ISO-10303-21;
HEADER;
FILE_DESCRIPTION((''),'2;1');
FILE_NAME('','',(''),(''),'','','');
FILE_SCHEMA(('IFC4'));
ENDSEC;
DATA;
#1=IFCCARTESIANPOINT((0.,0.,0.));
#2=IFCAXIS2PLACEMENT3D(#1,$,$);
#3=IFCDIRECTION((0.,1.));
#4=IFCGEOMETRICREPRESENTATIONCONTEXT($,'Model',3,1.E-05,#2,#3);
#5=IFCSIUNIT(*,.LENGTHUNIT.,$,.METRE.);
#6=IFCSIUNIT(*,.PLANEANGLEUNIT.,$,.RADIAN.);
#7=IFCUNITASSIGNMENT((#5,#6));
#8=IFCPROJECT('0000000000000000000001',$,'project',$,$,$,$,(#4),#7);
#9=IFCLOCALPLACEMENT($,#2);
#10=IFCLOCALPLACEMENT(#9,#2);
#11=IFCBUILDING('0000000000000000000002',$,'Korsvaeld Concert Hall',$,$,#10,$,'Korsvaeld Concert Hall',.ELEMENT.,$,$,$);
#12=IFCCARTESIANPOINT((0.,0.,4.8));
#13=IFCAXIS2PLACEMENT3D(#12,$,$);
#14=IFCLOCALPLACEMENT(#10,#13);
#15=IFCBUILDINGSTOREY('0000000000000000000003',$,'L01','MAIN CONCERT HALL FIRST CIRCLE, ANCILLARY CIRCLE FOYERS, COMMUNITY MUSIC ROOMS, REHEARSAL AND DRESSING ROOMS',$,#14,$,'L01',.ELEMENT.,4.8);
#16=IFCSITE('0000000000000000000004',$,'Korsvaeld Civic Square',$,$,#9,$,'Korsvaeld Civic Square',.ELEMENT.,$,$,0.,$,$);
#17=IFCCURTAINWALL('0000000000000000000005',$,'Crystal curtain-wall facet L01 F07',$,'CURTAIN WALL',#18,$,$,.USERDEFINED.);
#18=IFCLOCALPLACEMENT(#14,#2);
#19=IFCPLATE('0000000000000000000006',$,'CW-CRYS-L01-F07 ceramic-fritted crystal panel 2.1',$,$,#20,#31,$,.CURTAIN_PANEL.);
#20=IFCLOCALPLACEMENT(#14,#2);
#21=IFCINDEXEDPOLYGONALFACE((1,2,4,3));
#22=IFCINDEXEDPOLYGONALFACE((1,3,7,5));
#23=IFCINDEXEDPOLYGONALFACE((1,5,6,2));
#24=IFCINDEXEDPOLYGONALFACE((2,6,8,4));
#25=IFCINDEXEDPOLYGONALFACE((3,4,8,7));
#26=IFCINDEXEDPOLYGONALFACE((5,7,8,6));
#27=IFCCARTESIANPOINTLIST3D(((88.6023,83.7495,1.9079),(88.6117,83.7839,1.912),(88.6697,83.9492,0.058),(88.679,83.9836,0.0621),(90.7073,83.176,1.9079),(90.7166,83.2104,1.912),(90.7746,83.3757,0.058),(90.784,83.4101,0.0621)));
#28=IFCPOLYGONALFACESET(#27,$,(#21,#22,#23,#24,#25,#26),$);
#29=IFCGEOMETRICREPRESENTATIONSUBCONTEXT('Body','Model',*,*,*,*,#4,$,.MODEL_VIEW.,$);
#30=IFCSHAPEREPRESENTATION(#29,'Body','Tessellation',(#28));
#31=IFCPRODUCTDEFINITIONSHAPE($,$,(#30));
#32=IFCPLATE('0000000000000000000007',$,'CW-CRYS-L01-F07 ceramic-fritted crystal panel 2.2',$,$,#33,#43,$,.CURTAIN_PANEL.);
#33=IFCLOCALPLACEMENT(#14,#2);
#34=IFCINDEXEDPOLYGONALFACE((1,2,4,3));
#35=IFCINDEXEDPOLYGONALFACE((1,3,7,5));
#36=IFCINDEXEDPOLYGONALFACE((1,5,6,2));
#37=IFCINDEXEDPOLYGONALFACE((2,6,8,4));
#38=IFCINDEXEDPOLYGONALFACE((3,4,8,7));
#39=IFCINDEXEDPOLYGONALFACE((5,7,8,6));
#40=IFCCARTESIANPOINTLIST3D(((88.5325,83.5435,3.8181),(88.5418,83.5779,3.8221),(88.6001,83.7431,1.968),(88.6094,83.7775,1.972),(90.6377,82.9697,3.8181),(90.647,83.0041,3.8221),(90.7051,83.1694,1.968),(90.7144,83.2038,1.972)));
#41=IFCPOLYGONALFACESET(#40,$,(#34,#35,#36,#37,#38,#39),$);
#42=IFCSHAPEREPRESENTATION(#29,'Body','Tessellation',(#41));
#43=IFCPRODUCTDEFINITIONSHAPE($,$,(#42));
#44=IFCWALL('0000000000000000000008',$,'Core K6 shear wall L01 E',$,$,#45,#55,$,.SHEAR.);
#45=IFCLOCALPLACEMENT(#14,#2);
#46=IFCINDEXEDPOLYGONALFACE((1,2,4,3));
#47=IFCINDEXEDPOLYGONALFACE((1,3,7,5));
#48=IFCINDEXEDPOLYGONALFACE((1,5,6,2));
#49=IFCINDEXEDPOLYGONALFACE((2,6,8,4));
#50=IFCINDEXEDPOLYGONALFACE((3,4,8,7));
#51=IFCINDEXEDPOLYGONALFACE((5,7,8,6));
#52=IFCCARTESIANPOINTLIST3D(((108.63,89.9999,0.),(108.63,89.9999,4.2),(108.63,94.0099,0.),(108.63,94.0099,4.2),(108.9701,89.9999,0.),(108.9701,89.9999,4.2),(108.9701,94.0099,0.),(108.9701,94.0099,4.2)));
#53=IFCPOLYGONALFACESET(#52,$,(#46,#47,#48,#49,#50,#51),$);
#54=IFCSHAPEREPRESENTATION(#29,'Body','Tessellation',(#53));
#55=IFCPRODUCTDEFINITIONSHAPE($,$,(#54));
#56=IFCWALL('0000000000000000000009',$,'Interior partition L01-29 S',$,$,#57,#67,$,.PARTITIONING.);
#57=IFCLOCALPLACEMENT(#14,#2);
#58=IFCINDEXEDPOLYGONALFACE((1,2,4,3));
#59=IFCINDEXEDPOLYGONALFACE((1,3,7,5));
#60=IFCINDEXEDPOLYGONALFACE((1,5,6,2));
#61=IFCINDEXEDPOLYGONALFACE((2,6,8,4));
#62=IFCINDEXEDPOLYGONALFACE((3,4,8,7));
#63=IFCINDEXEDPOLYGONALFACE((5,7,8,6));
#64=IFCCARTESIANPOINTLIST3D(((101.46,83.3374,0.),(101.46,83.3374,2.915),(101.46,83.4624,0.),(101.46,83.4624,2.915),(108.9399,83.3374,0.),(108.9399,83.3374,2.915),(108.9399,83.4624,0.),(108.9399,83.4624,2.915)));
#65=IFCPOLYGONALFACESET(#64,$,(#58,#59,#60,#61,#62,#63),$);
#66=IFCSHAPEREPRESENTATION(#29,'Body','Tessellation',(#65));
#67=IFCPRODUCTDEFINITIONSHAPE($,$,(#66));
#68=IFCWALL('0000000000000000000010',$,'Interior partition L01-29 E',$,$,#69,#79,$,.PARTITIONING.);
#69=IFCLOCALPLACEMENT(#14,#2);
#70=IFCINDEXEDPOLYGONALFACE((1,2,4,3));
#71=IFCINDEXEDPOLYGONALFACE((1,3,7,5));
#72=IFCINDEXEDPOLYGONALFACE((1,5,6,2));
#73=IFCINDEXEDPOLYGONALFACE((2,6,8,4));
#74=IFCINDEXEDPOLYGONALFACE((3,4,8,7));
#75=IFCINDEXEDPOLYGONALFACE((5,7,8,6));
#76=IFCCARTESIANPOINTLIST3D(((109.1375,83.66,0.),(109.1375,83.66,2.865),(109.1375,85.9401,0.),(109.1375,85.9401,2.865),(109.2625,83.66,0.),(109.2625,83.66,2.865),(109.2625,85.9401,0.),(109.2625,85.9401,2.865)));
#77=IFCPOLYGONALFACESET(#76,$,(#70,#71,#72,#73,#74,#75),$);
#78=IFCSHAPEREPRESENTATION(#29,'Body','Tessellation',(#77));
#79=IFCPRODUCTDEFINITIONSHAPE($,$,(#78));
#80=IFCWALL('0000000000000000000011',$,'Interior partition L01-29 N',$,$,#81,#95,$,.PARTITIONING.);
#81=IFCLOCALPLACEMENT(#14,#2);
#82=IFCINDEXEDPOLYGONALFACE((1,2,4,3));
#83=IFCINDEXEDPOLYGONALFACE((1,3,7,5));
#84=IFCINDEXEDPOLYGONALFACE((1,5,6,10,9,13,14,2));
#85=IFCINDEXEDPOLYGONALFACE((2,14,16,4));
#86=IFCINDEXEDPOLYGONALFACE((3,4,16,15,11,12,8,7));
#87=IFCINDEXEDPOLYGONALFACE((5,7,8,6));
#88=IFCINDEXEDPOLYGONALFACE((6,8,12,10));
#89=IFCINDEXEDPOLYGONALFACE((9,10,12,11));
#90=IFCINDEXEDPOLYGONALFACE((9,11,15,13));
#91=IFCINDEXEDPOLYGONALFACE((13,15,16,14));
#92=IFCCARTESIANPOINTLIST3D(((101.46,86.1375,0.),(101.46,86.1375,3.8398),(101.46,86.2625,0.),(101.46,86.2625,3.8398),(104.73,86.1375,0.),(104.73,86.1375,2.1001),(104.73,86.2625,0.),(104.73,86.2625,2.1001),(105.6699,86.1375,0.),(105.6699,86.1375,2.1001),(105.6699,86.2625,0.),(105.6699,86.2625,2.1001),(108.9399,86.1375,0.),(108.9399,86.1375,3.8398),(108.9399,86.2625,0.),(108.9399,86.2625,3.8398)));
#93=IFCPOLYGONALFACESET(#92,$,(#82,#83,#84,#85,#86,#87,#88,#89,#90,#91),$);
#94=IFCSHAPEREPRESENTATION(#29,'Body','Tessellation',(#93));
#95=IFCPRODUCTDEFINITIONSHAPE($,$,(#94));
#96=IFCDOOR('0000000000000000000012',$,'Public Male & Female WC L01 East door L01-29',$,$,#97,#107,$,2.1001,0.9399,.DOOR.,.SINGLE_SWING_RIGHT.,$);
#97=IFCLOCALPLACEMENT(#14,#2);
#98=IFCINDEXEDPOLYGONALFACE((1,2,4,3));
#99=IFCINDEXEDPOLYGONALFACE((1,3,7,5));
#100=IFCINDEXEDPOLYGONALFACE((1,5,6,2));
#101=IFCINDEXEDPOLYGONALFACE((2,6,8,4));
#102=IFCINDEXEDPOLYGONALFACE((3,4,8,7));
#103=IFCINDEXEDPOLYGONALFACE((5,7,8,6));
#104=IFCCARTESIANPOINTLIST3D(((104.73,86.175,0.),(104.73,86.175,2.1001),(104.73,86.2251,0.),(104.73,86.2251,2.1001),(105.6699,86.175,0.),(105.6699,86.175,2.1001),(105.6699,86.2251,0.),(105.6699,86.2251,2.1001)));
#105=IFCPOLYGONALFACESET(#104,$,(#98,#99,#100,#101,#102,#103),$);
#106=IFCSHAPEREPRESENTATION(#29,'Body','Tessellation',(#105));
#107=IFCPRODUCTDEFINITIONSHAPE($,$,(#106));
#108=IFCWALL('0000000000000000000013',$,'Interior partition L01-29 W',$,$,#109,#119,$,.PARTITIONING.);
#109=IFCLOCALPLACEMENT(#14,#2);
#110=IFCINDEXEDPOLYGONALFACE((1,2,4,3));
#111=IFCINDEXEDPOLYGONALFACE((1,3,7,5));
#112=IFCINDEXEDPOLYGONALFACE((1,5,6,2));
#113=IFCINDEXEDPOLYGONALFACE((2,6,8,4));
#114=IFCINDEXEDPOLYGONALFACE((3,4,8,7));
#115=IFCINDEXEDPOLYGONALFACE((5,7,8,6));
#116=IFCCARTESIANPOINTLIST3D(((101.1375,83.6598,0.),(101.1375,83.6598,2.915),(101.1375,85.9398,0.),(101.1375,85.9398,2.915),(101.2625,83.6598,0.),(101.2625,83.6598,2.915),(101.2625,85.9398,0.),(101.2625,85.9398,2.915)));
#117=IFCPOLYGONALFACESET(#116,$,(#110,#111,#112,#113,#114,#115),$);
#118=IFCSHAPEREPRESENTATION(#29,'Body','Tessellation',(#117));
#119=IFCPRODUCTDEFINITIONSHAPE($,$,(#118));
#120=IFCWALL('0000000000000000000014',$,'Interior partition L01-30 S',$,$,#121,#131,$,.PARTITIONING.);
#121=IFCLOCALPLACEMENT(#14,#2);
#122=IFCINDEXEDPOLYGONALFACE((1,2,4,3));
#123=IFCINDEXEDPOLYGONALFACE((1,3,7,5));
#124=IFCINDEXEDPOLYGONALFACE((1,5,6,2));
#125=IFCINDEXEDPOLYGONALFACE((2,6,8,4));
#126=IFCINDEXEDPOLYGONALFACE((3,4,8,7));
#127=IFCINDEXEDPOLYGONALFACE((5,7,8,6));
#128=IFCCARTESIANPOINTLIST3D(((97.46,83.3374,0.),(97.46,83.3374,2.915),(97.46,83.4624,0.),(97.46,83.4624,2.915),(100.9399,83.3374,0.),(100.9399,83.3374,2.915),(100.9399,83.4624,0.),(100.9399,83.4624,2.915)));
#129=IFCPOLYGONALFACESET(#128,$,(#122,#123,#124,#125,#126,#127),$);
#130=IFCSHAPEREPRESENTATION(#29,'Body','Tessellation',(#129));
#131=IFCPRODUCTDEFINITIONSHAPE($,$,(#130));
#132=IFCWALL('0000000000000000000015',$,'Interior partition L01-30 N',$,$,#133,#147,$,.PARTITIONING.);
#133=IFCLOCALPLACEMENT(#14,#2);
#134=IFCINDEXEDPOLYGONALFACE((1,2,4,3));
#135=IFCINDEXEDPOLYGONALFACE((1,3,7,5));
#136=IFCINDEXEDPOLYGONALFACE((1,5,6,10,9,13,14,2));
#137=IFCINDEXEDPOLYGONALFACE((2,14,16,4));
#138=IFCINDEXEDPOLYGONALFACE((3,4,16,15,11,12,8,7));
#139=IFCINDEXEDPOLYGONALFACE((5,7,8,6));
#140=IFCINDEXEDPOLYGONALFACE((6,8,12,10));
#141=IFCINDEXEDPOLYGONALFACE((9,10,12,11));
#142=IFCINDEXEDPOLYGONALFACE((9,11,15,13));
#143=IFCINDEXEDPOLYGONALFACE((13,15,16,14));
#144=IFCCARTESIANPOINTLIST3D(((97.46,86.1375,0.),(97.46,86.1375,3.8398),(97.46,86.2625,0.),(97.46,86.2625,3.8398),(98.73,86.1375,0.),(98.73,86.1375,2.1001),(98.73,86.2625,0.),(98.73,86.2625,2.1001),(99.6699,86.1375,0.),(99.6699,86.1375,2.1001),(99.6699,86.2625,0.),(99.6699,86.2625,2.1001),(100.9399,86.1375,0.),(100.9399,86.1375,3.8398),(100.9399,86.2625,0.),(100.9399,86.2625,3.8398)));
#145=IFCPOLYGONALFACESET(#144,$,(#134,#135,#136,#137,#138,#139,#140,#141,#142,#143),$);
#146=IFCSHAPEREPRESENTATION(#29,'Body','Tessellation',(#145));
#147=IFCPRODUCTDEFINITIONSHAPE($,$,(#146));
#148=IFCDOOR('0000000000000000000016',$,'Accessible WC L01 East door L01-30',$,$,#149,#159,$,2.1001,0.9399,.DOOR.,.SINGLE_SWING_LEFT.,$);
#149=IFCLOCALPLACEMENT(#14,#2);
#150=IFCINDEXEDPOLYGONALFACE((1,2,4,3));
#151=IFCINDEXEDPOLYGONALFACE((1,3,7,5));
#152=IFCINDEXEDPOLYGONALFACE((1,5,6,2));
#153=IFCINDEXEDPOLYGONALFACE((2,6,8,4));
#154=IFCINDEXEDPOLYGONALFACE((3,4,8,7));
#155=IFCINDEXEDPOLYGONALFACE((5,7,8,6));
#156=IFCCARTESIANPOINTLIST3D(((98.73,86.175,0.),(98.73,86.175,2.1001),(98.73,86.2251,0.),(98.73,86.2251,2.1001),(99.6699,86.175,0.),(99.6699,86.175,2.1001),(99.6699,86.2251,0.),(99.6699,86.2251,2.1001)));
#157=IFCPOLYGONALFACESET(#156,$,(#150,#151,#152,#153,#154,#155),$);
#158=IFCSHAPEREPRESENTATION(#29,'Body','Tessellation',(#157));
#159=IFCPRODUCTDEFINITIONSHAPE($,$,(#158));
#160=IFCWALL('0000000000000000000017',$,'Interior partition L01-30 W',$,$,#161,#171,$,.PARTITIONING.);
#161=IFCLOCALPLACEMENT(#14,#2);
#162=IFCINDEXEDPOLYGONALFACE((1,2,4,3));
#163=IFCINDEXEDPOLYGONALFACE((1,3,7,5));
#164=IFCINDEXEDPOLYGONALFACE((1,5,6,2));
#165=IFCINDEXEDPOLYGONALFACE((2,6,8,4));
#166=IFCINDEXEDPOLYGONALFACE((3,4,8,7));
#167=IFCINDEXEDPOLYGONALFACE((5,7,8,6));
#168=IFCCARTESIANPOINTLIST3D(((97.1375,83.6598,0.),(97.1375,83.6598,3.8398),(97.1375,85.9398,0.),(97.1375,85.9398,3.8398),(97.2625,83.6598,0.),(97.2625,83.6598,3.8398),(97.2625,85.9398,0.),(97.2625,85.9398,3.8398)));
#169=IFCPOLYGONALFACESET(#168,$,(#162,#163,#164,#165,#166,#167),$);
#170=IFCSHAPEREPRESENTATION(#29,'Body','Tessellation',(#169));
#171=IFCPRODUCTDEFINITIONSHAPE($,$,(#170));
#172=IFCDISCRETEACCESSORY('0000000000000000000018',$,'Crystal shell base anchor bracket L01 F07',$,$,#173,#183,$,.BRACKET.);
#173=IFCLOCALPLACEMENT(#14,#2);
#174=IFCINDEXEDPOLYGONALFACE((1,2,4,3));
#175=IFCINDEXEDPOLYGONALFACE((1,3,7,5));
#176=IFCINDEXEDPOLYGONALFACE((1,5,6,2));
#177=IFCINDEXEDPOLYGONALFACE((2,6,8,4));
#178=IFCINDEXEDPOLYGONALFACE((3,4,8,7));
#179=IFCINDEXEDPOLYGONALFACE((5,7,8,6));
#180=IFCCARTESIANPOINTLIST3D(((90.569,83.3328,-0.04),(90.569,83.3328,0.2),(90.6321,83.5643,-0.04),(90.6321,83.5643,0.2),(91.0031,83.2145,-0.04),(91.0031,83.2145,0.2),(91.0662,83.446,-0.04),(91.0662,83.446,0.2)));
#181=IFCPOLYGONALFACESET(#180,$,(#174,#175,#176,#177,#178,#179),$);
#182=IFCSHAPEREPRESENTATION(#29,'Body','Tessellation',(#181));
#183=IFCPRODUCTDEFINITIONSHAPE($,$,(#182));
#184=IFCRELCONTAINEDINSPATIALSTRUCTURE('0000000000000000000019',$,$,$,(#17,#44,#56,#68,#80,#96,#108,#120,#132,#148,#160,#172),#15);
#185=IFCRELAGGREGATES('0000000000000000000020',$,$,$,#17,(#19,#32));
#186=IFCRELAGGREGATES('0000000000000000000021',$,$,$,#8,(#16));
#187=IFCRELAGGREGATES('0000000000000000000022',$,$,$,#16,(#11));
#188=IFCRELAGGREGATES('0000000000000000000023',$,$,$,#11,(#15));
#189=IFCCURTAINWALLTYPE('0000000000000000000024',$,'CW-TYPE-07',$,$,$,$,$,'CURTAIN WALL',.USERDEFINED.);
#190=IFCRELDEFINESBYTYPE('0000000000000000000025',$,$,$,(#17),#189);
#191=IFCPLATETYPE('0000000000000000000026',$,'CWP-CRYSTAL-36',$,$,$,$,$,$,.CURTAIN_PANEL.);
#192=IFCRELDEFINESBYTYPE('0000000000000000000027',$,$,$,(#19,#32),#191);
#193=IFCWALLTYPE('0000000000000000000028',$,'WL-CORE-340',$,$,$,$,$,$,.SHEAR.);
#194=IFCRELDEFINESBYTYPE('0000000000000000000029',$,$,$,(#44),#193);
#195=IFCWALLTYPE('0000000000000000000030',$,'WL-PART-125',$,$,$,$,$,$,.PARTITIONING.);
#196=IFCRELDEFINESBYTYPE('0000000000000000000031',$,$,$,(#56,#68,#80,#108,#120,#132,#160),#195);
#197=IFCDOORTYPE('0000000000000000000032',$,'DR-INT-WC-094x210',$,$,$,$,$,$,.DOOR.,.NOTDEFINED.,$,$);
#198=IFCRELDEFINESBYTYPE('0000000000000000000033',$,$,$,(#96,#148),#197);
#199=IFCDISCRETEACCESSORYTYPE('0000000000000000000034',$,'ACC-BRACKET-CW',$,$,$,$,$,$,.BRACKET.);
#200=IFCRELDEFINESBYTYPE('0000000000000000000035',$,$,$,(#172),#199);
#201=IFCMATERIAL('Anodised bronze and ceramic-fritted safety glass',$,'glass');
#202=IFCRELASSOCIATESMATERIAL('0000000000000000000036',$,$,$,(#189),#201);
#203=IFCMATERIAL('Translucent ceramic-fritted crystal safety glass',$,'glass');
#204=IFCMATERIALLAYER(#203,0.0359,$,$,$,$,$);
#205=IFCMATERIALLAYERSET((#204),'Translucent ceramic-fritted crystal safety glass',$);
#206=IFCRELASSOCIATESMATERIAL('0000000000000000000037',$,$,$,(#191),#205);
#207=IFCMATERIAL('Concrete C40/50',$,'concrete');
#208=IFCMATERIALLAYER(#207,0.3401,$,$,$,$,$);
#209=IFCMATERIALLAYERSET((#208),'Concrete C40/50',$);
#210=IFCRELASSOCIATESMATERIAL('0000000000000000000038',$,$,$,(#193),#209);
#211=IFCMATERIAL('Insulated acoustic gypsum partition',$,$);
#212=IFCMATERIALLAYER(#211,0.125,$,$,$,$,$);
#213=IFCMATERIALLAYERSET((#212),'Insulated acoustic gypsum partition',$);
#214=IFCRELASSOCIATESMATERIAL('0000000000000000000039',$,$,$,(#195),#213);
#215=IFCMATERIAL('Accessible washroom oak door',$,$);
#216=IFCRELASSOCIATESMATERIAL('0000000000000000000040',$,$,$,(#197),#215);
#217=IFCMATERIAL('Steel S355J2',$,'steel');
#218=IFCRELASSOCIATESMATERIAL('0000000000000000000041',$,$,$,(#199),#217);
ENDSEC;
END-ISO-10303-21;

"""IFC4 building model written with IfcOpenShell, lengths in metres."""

from ifc_helpers import new_model, si_unit, direction, frame, frame_2d, origin, origin_2d, place, context, subcontext, project, spatial, polyline, rectangle, outline, extrude, material, layer, layer_set, type_object, element, fill, aggregate, save


model = new_model("IFC4")

# Units and contexts
model_context = context("Model", 3, precision=1e-05, world=origin(), true_north=direction((0.0, 1.0)))
body_context = subcontext(model_context, "Body", "Model", "MODEL_VIEW")
ifc_project = project(units=[si_unit("LENGTHUNIT", "METRE"), si_unit("PLANEANGLEUNIT", "RADIAN")], contexts=[model_context])

# Site, building, storey
site_placement = place(None, origin())
site = spatial("IfcSite", under=ifc_project, at=site_placement, Name="Korsvaeld Civic Square", LongName="Korsvaeld Civic Square", CompositionType="ELEMENT", RefElevation=0.0)
building_placement = place(site_placement, origin())
building = spatial("IfcBuilding", under=site, at=building_placement, Name="Korsvaeld Concert Hall", LongName="Korsvaeld Concert Hall", CompositionType="ELEMENT")
storey_placement = place(building_placement, frame((0.0, 0.0, 4.8)))
storey = spatial("IfcBuildingStorey", under=building, at=storey_placement, Name="L01", Description="MAIN CONCERT HALL FIRST CIRCLE, ANCILLARY CIRCLE FOYERS, COMMUNITY MUSIC ROOMS, REHEARSAL AND DRESSING ROOMS", LongName="L01", CompositionType="ELEMENT", Elevation=4.8)

# Shared definitions
ifc_material_1 = material(Name="Concrete C40/50", Category="concrete")

# Shared definitions
ifc_material_2 = material(Name="Steel S355J2", Category="steel")

# Curtain wall, plates
ifc_material_3 = material(Name="Anodised bronze and ceramic-fritted safety glass", Category="glass")
curtain_wall_type = type_object("IfcCurtainWallType", Name="CW-TYPE-07", ElementType="CURTAIN WALL", PredefinedType="USERDEFINED", material=ifc_material_3)
curtain_wall_placement = place(storey_placement, origin())
curtain_wall = element("IfcCurtainWall", 1, at=curtain_wall_placement, inside=storey, type_object=curtain_wall_type, Name="Crystal curtain-wall facet L01 F07", ObjectType="CURTAIN WALL", PredefinedType="USERDEFINED")
ifc_material_4 = material(Name="Translucent ceramic-fritted crystal safety glass", Category="glass")
ifc_layer_1 = layer(ifc_material_4, 0.0359)
ifc_layer_set_1 = layer_set([ifc_layer_1], Name="Translucent ceramic-fritted crystal safety glass")
plate_type = type_object("IfcPlateType", Name="CWP-CRYSTAL-36", PredefinedType="CURTAIN_PANEL", material=ifc_layer_set_1)
plate_1_placement = place(storey_placement, frame((90.7793, 83.3928, 0.0601), z_axis=(0.261178, 0.958653, 0.113008), x_axis=(-0.964834, 0.262862, 0.0)))
plate_1 = element("IfcPlate", 2, at=plate_1_placement, type_object=plate_type, Name="CW-CRYS-L01-F07 ceramic-fritted crystal panel 2.1", PredefinedType="CURTAIN_PANEL", context=body_context, shape_type="SweptSolid", body=[
    extrude(outline(polyline([(0.0, 0.0), (2.1817, 0.0), (2.1942, 1.8618), (0.0125, 1.8618), (0.0, 0.0)])), frame((0.0, 0.0, 0.0181)), (0.0, 0.0, -1.0), 0.0359),
])
plate_2_placement = place(storey_placement, frame((90.7097, 83.1865, 1.97), z_axis=(0.261267, 0.958628, 0.113011), x_axis=(-0.964809, 0.262952, -0.000002)))
plate_2 = element("IfcPlate", 3, at=plate_2_placement, type_object=plate_type, Name="CW-CRYS-L01-F07 ceramic-fritted crystal panel 2.2", PredefinedType="CURTAIN_PANEL", context=body_context, shape_type="SweptSolid", body=[
    extrude(outline(polyline([(0.0, 0.0), (2.1818, 0.0), (2.1945, 1.862), (0.0125, 1.862), (0.0, 0.0)])), frame((0.0, 0.0, 0.0181)), (0.0, 0.0, -1.0), 0.0359),
])
aggregate(curtain_wall, [plate_1, plate_2])

# Walls
ifc_layer_2 = layer(ifc_material_1, 0.3401)
ifc_layer_set_2 = layer_set([ifc_layer_2], Name="Concrete C40/50")
wall_type_1 = type_object("IfcWallType", Name="WL-CORE-340", PredefinedType="SHEAR", material=ifc_layer_set_2)
wall_1_placement = place(storey_placement, frame((108.8, 90.0, 0.0), z_axis=(0.0, 0.0, 1.0), x_axis=(0.0, 1.0, 0.0)))
element("IfcWall", 4, at=wall_1_placement, inside=storey, type_object=wall_type_1, Name="Core K6 shear wall L01 E", PredefinedType="SHEAR", context=body_context, shape_type="SweptSolid", body=[
    extrude(rectangle(XDim=4.01, YDim=0.3401, at=frame_2d((2.0049, 0.0))), origin(), (0.0, 0.0, 1.0), 4.2),
])
ifc_material_5 = material(Name="Insulated acoustic gypsum partition")
ifc_layer_3 = layer(ifc_material_5, 0.125)
ifc_layer_set_3 = layer_set([ifc_layer_3], Name="Insulated acoustic gypsum partition")
wall_type_2 = type_object("IfcWallType", Name="WL-PART-125", PredefinedType="PARTITIONING", material=ifc_layer_set_3)
wall_2_placement = place(storey_placement, frame((101.46, 83.3999, 0.0), z_axis=(0.0, 0.0, 1.0), x_axis=(1.0, 0.0, 0.0)))
element("IfcWall", 5, at=wall_2_placement, inside=storey, type_object=wall_type_2, Name="Interior partition L01-29 S", PredefinedType="PARTITIONING", context=body_context, shape_type="SweptSolid", body=[
    extrude(rectangle(XDim=7.48, YDim=0.125, at=frame_2d((3.74, 0.0))), origin(), (0.0, 0.0, 1.0), 2.915),
])
wall_3_placement = place(storey_placement, frame((109.2, 83.6599, 0.0), z_axis=(0.0, 0.0, 1.0), x_axis=(0.0, 1.0, 0.0)))
element("IfcWall", 6, at=wall_3_placement, inside=storey, type_object=wall_type_2, Name="Interior partition L01-29 E", PredefinedType="PARTITIONING", context=body_context, shape_type="SweptSolid", body=[
    extrude(rectangle(XDim=2.28, YDim=0.125, at=frame_2d((1.1401, 0.0))), origin(), (0.0, 0.0, 1.0), 2.865),
])

# Wall, opening, door
wall_4_placement = place(storey_placement, frame((108.9399, 86.2, 0.0), z_axis=(0.0, 0.0, 1.0), x_axis=(-1.0, 0.0, 0.0)))
wall_4 = element("IfcWall", 7, at=wall_4_placement, inside=storey, type_object=wall_type_2, Name="Interior partition L01-29 N", PredefinedType="PARTITIONING", context=body_context, shape_type="SweptSolid", body=[
    extrude(rectangle(XDim=7.48, YDim=0.125, at=frame_2d((3.74, 0.0))), origin(), (0.0, 0.0, 1.0), 3.8398),
])
opening_1_placement = place(wall_4_placement, frame((3.27, 0.0, 0.0)))
opening_1 = element("IfcOpeningElement", 8, at=opening_1_placement, cuts=wall_4, PredefinedType="OPENING", context=body_context, shape_type="SweptSolid", body=[
    extrude(rectangle(XDim=0.9399, YDim=2.1001, at=frame_2d((0.47, 1.05))), frame((0.0, 0.0725, 0.0), z_axis=(0.0, -1.0, 0.0), x_axis=(1.0, 0.0, 0.0)), (0.0, 0.0, 1.0), 0.145),
])
ifc_material_6 = material(Name="Accessible washroom oak door")
door_type = type_object("IfcDoorType", Name="DR-INT-WC-094x210", OperationType="NOTDEFINED", PredefinedType="DOOR", material=ifc_material_6)
door_1_placement = place(opening_1_placement, origin())
door_1 = element("IfcDoor", 9, at=door_1_placement, inside=storey, type_object=door_type, Name="Public Male & Female WC L01 East door L01-29", OperationType="SINGLE_SWING_RIGHT", OverallHeight=2.1001, OverallWidth=0.9399, PredefinedType="DOOR", context=body_context, shape_type="SweptSolid", body=[
    extrude(rectangle(XDim=0.9399, YDim=2.1001, at=frame_2d((0.47, 1.05))), frame((0.0, 0.0249, 0.0), z_axis=(0.0, -1.0, 0.0), x_axis=(1.0, 0.0, 0.0)), (0.0, 0.0, 1.0), 0.05),
])
fill(opening_1, door_1)

# Walls
wall_5_placement = place(storey_placement, frame((101.2, 85.9399, 0.0), z_axis=(0.0, 0.0, 1.0), x_axis=(0.0, -1.0, 0.0)))
element("IfcWall", 10, at=wall_5_placement, inside=storey, type_object=wall_type_2, Name="Interior partition L01-29 W", PredefinedType="PARTITIONING", context=body_context, shape_type="SweptSolid", body=[
    extrude(rectangle(XDim=2.28, YDim=0.125, at=frame_2d((1.1401, 0.0))), origin(), (0.0, 0.0, 1.0), 2.915),
])
wall_6_placement = place(storey_placement, frame((97.46, 83.3999, 0.0), z_axis=(0.0, 0.0, 1.0), x_axis=(1.0, 0.0, 0.0)))
element("IfcWall", 11, at=wall_6_placement, inside=storey, type_object=wall_type_2, Name="Interior partition L01-30 S", PredefinedType="PARTITIONING", context=body_context, shape_type="SweptSolid", body=[
    extrude(rectangle(XDim=3.48, YDim=0.125, at=frame_2d((1.74, 0.0))), origin(), (0.0, 0.0, 1.0), 2.915),
])

# Wall, opening, door
wall_7_placement = place(storey_placement, frame((100.9399, 86.2, 0.0), z_axis=(0.0, 0.0, 1.0), x_axis=(-1.0, 0.0, 0.0)))
wall_7 = element("IfcWall", 12, at=wall_7_placement, inside=storey, type_object=wall_type_2, Name="Interior partition L01-30 N", PredefinedType="PARTITIONING", context=body_context, shape_type="SweptSolid", body=[
    extrude(rectangle(XDim=3.48, YDim=0.125, at=frame_2d((1.74, 0.0))), origin(), (0.0, 0.0, 1.0), 3.8398),
])
opening_2_placement = place(wall_7_placement, frame((1.27, 0.0, 0.0)))
opening_2 = element("IfcOpeningElement", 13, at=opening_2_placement, cuts=wall_7, PredefinedType="OPENING", context=body_context, shape_type="SweptSolid", body=[
    extrude(rectangle(XDim=0.9399, YDim=2.1001, at=frame_2d((0.47, 1.05))), frame((0.0, 0.0725, 0.0), z_axis=(0.0, -1.0, 0.0), x_axis=(1.0, 0.0, 0.0)), (0.0, 0.0, 1.0), 0.145),
])
door_2_placement = place(opening_2_placement, origin())
door_2 = element("IfcDoor", 14, at=door_2_placement, inside=storey, type_object=door_type, Name="Accessible WC L01 East door L01-30", OperationType="SINGLE_SWING_LEFT", OverallHeight=2.1001, OverallWidth=0.9399, PredefinedType="DOOR", context=body_context, shape_type="SweptSolid", body=[
    extrude(rectangle(XDim=0.9399, YDim=2.1001, at=frame_2d((0.47, 1.05))), frame((0.0, 0.0249, 0.0), z_axis=(0.0, -1.0, 0.0), x_axis=(1.0, 0.0, 0.0)), (0.0, 0.0, 1.0), 0.05),
])
fill(opening_2, door_2)

# Wall
wall_8_placement = place(storey_placement, frame((97.2, 85.9399, 0.0), z_axis=(0.0, 0.0, 1.0), x_axis=(0.0, -1.0, 0.0)))
element("IfcWall", 15, at=wall_8_placement, inside=storey, type_object=wall_type_2, Name="Interior partition L01-30 W", PredefinedType="PARTITIONING", context=body_context, shape_type="SweptSolid", body=[
    extrude(rectangle(XDim=2.28, YDim=0.125, at=frame_2d((1.1401, 0.0))), origin(), (0.0, 0.0, 1.0), 3.8398),
])

# Discrete accessory
discrete_accessory_type = type_object("IfcDiscreteAccessoryType", Name="ACC-BRACKET-CW", PredefinedType="BRACKET", material=ifc_material_2)
discrete_accessory_placement = place(storey_placement, frame((90.8176, 83.3894, -0.04), z_axis=(0.0, 0.0, 1.0), x_axis=(-0.964833, 0.262863, 0.0)))
element("IfcDiscreteAccessory", 16, at=discrete_accessory_placement, inside=storey, type_object=discrete_accessory_type, Name="Crystal shell base anchor bracket L01 F07", PredefinedType="BRACKET", context=body_context, shape_type="SweptSolid", body=[
    extrude(rectangle(XDim=0.45, YDim=0.24, at=origin_2d()), origin(), (0.0, 0.0, 1.0), 0.24),
])

save(model, "model.ifc")
